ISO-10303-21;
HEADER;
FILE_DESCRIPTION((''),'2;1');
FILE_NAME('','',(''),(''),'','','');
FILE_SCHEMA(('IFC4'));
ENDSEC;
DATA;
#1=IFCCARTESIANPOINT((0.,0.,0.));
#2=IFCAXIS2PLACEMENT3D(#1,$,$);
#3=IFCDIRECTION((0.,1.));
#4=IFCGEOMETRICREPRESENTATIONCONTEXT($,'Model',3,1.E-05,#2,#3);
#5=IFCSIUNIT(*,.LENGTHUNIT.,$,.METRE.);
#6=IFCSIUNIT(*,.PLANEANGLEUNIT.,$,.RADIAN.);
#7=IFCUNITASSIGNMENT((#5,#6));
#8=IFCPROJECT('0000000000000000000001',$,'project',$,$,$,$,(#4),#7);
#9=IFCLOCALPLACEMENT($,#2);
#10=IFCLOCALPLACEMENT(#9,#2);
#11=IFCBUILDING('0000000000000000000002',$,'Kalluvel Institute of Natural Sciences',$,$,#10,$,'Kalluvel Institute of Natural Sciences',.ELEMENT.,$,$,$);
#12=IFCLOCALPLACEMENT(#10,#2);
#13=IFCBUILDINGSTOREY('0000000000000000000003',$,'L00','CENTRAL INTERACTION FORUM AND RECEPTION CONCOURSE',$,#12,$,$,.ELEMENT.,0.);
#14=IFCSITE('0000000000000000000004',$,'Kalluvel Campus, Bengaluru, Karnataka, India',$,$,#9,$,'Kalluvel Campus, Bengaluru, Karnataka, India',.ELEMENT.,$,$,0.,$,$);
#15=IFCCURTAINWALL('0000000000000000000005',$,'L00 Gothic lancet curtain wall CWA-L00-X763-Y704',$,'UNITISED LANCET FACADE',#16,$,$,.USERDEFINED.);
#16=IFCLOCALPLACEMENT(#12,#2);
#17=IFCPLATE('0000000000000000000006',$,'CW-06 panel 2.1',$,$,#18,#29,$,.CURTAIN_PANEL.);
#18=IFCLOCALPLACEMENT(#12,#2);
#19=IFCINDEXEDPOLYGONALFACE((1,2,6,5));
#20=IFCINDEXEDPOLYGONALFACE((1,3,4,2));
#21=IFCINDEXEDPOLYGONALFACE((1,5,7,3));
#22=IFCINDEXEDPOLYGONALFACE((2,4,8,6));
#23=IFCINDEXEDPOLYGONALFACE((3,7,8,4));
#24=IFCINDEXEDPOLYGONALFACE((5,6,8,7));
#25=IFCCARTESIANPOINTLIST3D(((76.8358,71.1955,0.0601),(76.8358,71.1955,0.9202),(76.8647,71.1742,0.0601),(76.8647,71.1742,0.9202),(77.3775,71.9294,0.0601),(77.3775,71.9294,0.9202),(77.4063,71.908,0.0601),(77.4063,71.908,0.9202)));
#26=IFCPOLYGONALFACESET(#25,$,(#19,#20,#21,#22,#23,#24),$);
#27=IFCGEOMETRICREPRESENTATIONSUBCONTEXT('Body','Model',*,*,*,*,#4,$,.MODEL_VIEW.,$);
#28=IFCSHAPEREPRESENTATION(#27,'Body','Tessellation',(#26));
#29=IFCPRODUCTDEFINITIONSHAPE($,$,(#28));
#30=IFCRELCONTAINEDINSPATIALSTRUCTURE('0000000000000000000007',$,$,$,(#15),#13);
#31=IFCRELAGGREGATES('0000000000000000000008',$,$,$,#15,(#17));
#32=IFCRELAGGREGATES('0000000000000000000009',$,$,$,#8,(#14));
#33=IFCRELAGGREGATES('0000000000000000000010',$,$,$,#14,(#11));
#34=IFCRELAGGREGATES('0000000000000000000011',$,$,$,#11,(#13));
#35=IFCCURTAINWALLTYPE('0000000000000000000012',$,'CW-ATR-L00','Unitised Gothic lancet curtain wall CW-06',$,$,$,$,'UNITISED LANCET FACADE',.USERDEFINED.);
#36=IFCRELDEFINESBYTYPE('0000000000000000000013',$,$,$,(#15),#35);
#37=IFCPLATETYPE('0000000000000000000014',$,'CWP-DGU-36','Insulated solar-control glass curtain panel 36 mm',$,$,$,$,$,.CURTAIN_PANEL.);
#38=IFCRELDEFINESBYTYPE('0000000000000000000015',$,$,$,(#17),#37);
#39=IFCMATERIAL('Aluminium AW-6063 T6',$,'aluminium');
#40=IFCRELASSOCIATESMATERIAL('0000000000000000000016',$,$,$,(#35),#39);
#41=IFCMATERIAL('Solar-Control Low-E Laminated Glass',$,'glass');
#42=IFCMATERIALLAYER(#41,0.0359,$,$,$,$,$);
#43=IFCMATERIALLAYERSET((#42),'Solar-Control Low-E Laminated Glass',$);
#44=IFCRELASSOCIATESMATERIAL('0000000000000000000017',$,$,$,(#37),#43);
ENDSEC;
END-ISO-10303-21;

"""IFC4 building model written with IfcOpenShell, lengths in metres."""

from ifc_helpers import new_model, si_unit, direction, frame, origin, origin_2d, place, context, subcontext, project, spatial, rectangle, extrude, material, layer, layer_set, type_object, element, aggregate, save


model = new_model("IFC4")

# Units and contexts
model_context = context("Model", 3, precision=1e-05, world=origin(), true_north=direction((0.0, 1.0)))
body_context = subcontext(model_context, "Body", "Model", "MODEL_VIEW")
ifc_project = project(units=[si_unit("LENGTHUNIT", "METRE"), si_unit("PLANEANGLEUNIT", "RADIAN")], contexts=[model_context])

# Site, building, storey
site_placement = place(None, origin())
site = spatial("IfcSite", under=ifc_project, at=site_placement, Name="Kalluvel Campus, Bengaluru, Karnataka, India", LongName="Kalluvel Campus, Bengaluru, Karnataka, India", CompositionType="ELEMENT", RefElevation=0.0)
building_placement = place(site_placement, origin())
building = spatial("IfcBuilding", under=site, at=building_placement, Name="Kalluvel Institute of Natural Sciences", LongName="Kalluvel Institute of Natural Sciences", CompositionType="ELEMENT")
storey_placement = place(building_placement, origin())
storey = spatial("IfcBuildingStorey", under=building, at=storey_placement, Name="L00", Description="CENTRAL INTERACTION FORUM AND RECEPTION CONCOURSE", CompositionType="ELEMENT", Elevation=0.0)

# Curtain wall
ifc_material_1 = material(Name="Aluminium AW-6063 T6", Category="aluminium")
curtain_wall_type = type_object("IfcCurtainWallType", Name="CW-ATR-L00", Description="Unitised Gothic lancet curtain wall CW-06", ElementType="UNITISED LANCET FACADE", PredefinedType="USERDEFINED", material=ifc_material_1)
curtain_wall_1_placement = place(storey_placement, origin())
curtain_wall_1 = element("IfcCurtainWall", 1, at=curtain_wall_1_placement, inside=storey, type_object=curtain_wall_type, Name="L00 Gothic lancet curtain wall CWA-L00-X763-Y704", ObjectType="UNITISED LANCET FACADE", PredefinedType="USERDEFINED")

# Plate
ifc_material_2 = material(Name="Solar-Control Low-E Laminated Glass", Category="glass")
ifc_layer = layer(ifc_material_2, 0.0359)
ifc_layer_set = layer_set([ifc_layer], Name="Solar-Control Low-E Laminated Glass")
plate_type = type_object("IfcPlateType", Name="CWP-DGU-36", Description="Insulated solar-control glass curtain panel 36 mm", PredefinedType="CURTAIN_PANEL", material=ifc_layer_set)
plate_1_placement = place(storey_placement, frame((77.1211, 71.5518, 0.0601), z_axis=(0.0, 0.0, 1.0), x_axis=(0.593815, 0.804602, 0.0)))
plate_1 = element("IfcPlate", 2, at=plate_1_placement, type_object=plate_type, Name="CW-06 panel 2.1", PredefinedType="CURTAIN_PANEL", context=body_context, shape_type="SweptSolid", body=[
    extrude(rectangle(XDim=0.9121, YDim=0.0359, at=origin_2d()), origin(), (0.0, 0.0, 1.0), 0.8601),
])
aggregate(curtain_wall_1, [plate_1])

save(model, "model.ifc")
